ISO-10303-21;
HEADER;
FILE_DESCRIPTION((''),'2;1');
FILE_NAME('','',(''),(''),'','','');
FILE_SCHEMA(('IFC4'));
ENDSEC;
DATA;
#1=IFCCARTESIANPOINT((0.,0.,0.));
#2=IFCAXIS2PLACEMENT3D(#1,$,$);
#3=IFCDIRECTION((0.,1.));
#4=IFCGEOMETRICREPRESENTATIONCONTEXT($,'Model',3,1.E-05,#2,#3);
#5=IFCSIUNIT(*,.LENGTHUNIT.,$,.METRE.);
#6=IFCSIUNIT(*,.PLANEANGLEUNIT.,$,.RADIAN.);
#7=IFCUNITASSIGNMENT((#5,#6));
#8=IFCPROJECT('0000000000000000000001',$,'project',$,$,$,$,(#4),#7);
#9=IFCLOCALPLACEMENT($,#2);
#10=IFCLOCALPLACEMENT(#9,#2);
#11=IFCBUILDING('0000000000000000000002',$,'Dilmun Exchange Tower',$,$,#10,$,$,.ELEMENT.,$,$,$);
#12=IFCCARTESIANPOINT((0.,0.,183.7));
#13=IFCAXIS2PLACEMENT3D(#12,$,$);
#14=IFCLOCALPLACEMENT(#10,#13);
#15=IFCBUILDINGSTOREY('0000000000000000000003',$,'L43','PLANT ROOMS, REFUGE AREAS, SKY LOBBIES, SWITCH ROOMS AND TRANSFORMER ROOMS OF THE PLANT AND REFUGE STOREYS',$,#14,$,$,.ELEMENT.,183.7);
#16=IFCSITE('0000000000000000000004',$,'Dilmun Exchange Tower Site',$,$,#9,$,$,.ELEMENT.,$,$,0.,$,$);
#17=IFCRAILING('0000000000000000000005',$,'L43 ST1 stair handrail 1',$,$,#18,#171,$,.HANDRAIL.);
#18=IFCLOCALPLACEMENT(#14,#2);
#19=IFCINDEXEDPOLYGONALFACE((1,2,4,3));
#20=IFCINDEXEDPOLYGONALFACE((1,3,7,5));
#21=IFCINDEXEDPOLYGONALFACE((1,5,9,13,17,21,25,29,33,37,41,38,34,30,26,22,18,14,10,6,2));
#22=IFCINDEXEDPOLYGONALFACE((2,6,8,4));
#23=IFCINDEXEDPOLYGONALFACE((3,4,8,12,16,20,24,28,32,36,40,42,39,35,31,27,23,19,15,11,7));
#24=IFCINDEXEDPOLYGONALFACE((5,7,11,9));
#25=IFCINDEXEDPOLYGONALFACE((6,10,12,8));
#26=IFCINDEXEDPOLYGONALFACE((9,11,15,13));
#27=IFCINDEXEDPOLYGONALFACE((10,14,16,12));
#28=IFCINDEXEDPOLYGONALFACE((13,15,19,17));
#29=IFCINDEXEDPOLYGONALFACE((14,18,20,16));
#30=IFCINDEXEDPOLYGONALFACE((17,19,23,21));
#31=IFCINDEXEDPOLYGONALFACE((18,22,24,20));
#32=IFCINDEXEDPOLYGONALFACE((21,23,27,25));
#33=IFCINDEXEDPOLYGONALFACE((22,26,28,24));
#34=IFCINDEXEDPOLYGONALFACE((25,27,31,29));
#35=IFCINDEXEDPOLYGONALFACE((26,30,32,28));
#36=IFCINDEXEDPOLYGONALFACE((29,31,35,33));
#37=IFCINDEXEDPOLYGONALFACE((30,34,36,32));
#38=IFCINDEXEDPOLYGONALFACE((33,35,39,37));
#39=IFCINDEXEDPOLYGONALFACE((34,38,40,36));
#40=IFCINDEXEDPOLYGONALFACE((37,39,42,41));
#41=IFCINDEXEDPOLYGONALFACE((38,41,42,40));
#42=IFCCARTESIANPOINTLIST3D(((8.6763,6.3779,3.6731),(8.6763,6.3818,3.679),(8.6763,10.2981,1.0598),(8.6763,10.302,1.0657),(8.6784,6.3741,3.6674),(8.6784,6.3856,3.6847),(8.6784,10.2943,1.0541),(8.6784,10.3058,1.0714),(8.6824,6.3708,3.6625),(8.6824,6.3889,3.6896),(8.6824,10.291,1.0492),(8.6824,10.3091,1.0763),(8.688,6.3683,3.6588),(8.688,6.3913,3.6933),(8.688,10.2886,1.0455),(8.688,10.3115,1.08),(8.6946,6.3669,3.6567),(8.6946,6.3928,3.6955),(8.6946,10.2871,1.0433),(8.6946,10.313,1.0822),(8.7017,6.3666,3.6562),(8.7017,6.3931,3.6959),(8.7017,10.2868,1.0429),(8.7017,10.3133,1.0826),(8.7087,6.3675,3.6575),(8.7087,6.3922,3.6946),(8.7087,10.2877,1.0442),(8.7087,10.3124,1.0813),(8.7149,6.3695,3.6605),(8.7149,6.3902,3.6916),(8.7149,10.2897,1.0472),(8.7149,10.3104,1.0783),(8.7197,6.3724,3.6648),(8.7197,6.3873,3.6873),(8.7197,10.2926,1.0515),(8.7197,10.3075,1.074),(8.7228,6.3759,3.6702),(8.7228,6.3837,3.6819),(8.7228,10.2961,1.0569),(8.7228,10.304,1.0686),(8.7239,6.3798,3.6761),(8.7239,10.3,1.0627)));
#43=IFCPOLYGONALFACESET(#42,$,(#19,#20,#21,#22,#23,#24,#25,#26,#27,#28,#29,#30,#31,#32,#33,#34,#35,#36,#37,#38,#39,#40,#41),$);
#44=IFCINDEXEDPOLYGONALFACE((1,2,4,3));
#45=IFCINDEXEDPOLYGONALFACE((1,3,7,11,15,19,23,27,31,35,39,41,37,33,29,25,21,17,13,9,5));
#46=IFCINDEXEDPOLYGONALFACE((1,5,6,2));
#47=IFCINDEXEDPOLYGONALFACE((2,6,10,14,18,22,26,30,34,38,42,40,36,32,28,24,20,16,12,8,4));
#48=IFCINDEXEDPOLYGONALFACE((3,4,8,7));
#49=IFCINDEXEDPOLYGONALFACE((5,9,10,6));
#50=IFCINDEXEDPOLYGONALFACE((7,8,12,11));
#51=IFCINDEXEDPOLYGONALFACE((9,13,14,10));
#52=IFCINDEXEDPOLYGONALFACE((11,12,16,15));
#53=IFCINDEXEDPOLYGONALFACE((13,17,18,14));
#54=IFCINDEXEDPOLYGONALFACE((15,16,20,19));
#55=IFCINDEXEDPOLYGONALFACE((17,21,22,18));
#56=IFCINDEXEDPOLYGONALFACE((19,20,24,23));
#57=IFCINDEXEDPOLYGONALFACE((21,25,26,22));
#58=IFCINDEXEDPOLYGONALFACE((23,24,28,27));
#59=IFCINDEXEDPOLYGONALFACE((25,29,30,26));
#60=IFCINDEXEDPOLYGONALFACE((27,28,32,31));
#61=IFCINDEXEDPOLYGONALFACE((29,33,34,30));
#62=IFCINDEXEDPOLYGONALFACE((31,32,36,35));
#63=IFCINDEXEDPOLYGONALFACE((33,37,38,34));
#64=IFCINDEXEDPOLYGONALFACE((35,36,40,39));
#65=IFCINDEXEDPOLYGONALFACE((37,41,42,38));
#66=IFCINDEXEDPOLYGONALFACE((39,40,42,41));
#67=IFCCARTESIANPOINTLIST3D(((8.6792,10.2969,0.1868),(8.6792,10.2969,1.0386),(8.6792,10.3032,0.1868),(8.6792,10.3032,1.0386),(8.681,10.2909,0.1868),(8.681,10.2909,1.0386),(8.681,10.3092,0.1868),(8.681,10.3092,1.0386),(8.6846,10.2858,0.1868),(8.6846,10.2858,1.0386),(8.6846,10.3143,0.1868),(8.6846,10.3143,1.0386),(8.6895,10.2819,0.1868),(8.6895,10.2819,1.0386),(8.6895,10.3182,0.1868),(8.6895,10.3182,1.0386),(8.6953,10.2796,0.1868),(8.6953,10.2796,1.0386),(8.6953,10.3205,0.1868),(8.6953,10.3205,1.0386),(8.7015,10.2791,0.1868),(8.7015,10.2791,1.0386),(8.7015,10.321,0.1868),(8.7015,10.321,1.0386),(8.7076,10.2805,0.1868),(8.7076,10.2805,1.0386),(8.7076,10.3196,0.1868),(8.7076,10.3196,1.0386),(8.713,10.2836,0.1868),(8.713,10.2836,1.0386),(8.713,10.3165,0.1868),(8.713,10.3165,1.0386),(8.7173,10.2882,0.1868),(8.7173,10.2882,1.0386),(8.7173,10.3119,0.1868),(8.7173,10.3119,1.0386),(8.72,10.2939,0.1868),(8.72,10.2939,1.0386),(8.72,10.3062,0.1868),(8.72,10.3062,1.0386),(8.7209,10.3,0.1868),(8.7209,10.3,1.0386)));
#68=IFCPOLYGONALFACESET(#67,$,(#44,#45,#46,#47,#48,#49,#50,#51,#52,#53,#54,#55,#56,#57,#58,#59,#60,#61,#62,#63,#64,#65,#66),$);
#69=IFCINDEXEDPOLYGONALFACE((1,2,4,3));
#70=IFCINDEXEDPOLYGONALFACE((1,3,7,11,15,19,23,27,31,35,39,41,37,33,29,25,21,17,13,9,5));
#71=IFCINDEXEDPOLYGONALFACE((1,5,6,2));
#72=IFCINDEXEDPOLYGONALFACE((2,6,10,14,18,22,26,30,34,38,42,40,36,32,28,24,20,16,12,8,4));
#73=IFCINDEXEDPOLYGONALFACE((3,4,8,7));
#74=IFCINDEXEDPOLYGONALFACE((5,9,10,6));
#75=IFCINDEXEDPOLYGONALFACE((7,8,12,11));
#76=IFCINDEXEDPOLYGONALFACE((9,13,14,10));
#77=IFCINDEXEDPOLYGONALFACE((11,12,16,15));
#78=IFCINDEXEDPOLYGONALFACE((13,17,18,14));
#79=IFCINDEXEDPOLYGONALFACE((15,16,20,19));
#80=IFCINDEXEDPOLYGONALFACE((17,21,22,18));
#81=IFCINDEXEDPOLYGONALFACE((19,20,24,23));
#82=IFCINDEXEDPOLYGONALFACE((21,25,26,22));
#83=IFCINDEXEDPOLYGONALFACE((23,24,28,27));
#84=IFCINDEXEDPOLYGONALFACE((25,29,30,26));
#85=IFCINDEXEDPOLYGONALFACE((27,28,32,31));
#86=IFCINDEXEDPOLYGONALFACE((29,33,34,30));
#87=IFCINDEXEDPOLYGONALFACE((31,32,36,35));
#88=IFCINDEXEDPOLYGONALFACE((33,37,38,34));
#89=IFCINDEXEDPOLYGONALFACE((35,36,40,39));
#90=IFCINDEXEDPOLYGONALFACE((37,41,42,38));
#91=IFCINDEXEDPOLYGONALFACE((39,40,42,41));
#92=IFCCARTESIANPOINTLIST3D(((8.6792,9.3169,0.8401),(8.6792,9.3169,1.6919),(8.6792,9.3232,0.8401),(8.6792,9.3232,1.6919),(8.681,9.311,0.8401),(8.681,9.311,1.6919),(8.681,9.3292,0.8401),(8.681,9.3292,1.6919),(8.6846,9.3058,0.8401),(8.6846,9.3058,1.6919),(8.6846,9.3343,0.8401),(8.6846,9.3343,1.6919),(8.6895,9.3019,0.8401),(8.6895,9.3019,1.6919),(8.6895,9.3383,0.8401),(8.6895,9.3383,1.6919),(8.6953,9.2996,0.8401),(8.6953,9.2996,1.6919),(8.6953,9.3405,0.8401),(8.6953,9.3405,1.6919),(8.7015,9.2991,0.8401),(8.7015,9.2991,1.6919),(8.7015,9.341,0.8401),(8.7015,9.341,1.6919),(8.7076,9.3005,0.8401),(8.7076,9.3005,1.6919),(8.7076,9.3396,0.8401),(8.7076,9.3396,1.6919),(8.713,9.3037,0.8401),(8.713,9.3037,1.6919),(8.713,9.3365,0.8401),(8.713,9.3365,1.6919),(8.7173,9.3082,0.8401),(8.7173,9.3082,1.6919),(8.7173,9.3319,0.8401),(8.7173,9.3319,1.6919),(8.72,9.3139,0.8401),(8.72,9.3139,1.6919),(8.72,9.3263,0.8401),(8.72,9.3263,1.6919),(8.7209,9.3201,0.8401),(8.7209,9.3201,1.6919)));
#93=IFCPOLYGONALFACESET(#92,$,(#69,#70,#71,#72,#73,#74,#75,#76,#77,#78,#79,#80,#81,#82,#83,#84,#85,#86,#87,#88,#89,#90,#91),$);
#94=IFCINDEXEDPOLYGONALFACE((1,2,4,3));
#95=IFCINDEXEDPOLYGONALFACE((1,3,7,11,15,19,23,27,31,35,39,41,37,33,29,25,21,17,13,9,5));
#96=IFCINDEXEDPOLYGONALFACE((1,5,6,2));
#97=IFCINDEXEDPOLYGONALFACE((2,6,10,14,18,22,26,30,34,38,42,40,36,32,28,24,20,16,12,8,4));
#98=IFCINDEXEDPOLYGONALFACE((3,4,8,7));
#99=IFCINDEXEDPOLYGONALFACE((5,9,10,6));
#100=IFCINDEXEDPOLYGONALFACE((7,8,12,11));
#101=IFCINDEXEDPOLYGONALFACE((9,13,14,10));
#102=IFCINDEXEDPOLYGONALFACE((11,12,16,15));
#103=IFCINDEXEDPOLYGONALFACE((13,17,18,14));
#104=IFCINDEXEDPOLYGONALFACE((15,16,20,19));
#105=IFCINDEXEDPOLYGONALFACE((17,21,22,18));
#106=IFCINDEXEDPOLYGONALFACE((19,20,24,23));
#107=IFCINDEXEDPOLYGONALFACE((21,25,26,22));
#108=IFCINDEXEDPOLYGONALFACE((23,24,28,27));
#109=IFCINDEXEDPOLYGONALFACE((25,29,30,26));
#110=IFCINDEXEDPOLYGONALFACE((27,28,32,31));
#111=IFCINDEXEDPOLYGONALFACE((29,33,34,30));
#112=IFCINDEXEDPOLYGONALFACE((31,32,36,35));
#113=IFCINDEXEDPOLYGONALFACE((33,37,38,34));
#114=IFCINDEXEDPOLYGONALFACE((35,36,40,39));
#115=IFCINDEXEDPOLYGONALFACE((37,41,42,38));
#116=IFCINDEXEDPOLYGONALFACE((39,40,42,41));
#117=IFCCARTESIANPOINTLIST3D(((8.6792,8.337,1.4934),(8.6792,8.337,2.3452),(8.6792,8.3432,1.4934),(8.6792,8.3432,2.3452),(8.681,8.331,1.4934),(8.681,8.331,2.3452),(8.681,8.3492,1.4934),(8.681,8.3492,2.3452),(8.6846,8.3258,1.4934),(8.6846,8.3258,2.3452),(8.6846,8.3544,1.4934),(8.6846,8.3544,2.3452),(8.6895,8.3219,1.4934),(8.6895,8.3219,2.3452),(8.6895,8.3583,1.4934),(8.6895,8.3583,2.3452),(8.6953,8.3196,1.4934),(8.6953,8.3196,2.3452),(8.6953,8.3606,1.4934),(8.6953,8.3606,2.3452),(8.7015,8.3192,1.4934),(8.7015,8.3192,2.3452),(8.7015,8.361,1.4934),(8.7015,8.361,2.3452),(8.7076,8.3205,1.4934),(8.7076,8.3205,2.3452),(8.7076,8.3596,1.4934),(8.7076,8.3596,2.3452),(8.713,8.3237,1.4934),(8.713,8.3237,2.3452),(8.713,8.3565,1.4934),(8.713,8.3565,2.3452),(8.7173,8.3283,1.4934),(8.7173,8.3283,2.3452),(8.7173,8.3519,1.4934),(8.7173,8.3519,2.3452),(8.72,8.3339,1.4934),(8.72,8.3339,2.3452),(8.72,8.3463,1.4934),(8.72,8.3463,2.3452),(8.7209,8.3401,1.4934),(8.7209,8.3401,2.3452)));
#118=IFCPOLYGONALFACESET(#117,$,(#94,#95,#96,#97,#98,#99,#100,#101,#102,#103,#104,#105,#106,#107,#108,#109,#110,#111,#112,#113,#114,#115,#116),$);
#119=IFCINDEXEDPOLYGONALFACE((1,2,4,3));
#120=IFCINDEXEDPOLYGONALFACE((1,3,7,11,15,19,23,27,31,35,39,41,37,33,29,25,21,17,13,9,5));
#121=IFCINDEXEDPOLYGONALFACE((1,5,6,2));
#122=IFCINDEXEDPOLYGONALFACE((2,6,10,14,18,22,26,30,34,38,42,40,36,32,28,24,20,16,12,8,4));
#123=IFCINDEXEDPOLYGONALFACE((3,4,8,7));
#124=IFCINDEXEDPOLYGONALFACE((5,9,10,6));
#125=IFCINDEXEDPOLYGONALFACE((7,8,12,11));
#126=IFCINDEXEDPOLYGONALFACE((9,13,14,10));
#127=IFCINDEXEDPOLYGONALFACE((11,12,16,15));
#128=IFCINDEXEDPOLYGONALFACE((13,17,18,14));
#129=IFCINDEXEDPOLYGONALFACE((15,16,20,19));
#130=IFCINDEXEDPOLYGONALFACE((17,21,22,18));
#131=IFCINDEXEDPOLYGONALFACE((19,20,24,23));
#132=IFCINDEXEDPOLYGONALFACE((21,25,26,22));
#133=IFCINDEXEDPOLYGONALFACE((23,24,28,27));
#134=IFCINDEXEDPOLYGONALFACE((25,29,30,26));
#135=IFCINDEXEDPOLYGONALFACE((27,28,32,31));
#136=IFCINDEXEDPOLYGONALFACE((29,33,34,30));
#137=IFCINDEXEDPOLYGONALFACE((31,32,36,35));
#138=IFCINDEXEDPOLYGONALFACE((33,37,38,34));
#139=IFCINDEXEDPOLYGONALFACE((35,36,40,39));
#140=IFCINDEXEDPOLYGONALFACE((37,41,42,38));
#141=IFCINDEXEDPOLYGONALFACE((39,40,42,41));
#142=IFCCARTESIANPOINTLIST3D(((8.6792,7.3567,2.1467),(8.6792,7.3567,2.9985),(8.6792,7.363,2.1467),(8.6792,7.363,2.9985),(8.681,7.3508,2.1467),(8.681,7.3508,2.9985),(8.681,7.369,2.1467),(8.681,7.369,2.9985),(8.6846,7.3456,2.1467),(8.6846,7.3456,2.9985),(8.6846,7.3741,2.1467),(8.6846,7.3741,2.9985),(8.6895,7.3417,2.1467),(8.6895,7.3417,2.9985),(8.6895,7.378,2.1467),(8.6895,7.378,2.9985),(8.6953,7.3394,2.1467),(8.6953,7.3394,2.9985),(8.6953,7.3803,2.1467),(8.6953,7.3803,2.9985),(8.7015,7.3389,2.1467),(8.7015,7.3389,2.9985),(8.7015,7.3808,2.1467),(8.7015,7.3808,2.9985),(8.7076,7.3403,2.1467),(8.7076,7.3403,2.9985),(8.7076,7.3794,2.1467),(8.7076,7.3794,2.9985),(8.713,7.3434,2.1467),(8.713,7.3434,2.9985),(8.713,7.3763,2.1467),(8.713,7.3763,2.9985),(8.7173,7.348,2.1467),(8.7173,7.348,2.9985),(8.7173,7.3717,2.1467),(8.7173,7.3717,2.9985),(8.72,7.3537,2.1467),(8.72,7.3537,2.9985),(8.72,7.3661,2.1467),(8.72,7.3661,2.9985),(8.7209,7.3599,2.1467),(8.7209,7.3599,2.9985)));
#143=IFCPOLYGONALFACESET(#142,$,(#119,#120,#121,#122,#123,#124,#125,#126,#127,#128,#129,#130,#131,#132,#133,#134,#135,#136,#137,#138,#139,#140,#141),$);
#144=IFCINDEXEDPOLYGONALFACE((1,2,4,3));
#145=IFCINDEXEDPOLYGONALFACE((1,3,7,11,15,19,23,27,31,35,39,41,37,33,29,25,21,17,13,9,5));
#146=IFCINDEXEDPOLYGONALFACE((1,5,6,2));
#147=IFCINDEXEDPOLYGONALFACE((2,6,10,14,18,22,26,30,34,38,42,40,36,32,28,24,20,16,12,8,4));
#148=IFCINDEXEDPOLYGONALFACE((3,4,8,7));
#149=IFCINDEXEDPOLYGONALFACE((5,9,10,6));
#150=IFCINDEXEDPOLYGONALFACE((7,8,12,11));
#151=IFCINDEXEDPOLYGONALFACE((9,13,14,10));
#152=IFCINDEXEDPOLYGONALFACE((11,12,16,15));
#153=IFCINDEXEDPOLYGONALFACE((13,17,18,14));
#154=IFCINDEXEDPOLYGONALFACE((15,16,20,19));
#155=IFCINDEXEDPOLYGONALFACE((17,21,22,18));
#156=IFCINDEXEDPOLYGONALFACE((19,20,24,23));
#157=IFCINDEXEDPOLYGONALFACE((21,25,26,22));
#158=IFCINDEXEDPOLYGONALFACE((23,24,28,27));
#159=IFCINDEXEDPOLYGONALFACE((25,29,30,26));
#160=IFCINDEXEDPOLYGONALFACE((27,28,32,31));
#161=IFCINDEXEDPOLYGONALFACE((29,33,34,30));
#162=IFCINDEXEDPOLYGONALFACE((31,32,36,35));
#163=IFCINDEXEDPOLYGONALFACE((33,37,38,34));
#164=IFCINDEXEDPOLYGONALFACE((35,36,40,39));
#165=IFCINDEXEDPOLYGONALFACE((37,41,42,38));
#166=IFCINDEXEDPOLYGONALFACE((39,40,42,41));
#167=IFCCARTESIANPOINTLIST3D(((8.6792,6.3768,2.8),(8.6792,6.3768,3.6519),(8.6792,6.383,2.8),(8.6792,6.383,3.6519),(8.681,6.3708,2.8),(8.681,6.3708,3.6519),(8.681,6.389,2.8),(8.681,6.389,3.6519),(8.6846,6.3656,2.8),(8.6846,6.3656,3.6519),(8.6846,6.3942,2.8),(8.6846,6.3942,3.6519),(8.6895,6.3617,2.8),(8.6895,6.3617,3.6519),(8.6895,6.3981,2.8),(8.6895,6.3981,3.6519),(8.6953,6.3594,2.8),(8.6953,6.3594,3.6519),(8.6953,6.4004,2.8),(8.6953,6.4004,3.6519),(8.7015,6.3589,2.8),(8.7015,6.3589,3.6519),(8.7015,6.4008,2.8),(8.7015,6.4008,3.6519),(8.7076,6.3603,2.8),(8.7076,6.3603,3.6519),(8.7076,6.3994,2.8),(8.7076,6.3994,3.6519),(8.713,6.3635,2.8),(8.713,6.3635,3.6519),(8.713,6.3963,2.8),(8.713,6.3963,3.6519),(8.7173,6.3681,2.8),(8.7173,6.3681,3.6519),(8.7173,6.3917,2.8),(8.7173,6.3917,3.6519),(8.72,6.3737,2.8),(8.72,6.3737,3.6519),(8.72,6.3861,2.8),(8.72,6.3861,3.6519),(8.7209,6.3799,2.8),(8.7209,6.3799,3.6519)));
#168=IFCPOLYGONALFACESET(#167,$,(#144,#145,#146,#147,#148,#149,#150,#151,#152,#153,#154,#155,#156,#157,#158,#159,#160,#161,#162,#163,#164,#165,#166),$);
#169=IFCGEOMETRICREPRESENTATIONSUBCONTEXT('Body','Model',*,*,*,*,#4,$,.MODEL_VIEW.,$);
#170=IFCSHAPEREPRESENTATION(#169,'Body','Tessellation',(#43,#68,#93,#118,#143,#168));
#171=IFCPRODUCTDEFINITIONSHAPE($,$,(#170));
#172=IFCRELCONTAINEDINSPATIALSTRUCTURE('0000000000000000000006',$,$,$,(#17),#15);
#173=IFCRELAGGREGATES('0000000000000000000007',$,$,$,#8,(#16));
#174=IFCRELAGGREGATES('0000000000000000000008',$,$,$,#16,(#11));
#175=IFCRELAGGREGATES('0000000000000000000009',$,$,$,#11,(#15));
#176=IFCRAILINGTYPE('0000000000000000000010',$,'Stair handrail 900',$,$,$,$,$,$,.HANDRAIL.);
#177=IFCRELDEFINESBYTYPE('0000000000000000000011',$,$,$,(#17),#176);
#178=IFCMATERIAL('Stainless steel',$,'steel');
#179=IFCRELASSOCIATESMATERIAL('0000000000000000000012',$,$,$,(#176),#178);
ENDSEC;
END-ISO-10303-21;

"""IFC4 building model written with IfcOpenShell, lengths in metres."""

from ifc_helpers import new_model, si_unit, direction, frame, origin, origin_2d, place, context, subcontext, project, spatial, circle, extrude, material, type_object, element, save


model = new_model("IFC4")

# Units and contexts
model_context = context("Model", 3, precision=1e-05, world=origin(), true_north=direction((0.0, 1.0)))
body_context = subcontext(model_context, "Body", "Model", "MODEL_VIEW")
ifc_project = project(units=[si_unit("LENGTHUNIT", "METRE"), si_unit("PLANEANGLEUNIT", "RADIAN")], contexts=[model_context])

# Site, building, storey
site_placement = place(None, origin())
site = spatial("IfcSite", under=ifc_project, at=site_placement, Name="Dilmun Exchange Tower Site", CompositionType="ELEMENT", RefElevation=0.0)
building_placement = place(site_placement, origin())
building = spatial("IfcBuilding", under=site, at=building_placement, Name="Dilmun Exchange Tower", CompositionType="ELEMENT")
storey_placement = place(building_placement, frame((0.0, 0.0, 183.7)))
storey = spatial("IfcBuildingStorey", under=building, at=storey_placement, Name="L43", Description="PLANT ROOMS, REFUGE AREAS, SKY LOBBIES, SWITCH ROOMS AND TRANSFORMER ROOMS OF THE PLANT AND REFUGE STOREYS", CompositionType="ELEMENT", Elevation=183.7)

# Railing
ifc_material_1 = material(Name="Stainless steel", Category="steel")
railing_type = type_object("IfcRailingType", Name="Stair handrail 900", PredefinedType="HANDRAIL", material=ifc_material_1)
railing_1_placement = place(storey_placement, frame((8.7, 10.3, 0.1868)))
element("IfcRailing", 1, at=railing_1_placement, inside=storey, type_object=railing_type, Name="L43 ST1 stair handrail 1", PredefinedType="HANDRAIL", context=body_context, shape_type="SweptSolid", body=[
    extrude(circle(Radius=0.0239, at=origin_2d()), frame((0.0, 0.0, 0.876), z_axis=(0.0, -0.832066, 0.554676), x_axis=(1.0, 0.0, 0.0)), (0.0, 0.0, 1.0), 4.7114),
    extrude(circle(Radius=0.021, at=origin_2d()), origin(), (0.0, 0.0, 1.0), 0.8518),
    extrude(circle(Radius=0.021, at=origin_2d()), frame((0.0, -0.98, 0.6533)), (0.0, 0.0, 1.0), 0.8518),
    extrude(circle(Radius=0.021, at=origin_2d()), frame((0.0, -1.96, 1.3066)), (0.0, 0.0, 1.0), 0.8518),
    extrude(circle(Radius=0.021, at=origin_2d()), frame((0.0, -2.9402, 1.96)), (0.0, 0.0, 1.0), 0.8518),
    extrude(circle(Radius=0.021, at=origin_2d()), frame((0.0, -3.9202, 2.6133)), (0.0, 0.0, 1.0), 0.8518),
])

save(model, "model.ifc")
